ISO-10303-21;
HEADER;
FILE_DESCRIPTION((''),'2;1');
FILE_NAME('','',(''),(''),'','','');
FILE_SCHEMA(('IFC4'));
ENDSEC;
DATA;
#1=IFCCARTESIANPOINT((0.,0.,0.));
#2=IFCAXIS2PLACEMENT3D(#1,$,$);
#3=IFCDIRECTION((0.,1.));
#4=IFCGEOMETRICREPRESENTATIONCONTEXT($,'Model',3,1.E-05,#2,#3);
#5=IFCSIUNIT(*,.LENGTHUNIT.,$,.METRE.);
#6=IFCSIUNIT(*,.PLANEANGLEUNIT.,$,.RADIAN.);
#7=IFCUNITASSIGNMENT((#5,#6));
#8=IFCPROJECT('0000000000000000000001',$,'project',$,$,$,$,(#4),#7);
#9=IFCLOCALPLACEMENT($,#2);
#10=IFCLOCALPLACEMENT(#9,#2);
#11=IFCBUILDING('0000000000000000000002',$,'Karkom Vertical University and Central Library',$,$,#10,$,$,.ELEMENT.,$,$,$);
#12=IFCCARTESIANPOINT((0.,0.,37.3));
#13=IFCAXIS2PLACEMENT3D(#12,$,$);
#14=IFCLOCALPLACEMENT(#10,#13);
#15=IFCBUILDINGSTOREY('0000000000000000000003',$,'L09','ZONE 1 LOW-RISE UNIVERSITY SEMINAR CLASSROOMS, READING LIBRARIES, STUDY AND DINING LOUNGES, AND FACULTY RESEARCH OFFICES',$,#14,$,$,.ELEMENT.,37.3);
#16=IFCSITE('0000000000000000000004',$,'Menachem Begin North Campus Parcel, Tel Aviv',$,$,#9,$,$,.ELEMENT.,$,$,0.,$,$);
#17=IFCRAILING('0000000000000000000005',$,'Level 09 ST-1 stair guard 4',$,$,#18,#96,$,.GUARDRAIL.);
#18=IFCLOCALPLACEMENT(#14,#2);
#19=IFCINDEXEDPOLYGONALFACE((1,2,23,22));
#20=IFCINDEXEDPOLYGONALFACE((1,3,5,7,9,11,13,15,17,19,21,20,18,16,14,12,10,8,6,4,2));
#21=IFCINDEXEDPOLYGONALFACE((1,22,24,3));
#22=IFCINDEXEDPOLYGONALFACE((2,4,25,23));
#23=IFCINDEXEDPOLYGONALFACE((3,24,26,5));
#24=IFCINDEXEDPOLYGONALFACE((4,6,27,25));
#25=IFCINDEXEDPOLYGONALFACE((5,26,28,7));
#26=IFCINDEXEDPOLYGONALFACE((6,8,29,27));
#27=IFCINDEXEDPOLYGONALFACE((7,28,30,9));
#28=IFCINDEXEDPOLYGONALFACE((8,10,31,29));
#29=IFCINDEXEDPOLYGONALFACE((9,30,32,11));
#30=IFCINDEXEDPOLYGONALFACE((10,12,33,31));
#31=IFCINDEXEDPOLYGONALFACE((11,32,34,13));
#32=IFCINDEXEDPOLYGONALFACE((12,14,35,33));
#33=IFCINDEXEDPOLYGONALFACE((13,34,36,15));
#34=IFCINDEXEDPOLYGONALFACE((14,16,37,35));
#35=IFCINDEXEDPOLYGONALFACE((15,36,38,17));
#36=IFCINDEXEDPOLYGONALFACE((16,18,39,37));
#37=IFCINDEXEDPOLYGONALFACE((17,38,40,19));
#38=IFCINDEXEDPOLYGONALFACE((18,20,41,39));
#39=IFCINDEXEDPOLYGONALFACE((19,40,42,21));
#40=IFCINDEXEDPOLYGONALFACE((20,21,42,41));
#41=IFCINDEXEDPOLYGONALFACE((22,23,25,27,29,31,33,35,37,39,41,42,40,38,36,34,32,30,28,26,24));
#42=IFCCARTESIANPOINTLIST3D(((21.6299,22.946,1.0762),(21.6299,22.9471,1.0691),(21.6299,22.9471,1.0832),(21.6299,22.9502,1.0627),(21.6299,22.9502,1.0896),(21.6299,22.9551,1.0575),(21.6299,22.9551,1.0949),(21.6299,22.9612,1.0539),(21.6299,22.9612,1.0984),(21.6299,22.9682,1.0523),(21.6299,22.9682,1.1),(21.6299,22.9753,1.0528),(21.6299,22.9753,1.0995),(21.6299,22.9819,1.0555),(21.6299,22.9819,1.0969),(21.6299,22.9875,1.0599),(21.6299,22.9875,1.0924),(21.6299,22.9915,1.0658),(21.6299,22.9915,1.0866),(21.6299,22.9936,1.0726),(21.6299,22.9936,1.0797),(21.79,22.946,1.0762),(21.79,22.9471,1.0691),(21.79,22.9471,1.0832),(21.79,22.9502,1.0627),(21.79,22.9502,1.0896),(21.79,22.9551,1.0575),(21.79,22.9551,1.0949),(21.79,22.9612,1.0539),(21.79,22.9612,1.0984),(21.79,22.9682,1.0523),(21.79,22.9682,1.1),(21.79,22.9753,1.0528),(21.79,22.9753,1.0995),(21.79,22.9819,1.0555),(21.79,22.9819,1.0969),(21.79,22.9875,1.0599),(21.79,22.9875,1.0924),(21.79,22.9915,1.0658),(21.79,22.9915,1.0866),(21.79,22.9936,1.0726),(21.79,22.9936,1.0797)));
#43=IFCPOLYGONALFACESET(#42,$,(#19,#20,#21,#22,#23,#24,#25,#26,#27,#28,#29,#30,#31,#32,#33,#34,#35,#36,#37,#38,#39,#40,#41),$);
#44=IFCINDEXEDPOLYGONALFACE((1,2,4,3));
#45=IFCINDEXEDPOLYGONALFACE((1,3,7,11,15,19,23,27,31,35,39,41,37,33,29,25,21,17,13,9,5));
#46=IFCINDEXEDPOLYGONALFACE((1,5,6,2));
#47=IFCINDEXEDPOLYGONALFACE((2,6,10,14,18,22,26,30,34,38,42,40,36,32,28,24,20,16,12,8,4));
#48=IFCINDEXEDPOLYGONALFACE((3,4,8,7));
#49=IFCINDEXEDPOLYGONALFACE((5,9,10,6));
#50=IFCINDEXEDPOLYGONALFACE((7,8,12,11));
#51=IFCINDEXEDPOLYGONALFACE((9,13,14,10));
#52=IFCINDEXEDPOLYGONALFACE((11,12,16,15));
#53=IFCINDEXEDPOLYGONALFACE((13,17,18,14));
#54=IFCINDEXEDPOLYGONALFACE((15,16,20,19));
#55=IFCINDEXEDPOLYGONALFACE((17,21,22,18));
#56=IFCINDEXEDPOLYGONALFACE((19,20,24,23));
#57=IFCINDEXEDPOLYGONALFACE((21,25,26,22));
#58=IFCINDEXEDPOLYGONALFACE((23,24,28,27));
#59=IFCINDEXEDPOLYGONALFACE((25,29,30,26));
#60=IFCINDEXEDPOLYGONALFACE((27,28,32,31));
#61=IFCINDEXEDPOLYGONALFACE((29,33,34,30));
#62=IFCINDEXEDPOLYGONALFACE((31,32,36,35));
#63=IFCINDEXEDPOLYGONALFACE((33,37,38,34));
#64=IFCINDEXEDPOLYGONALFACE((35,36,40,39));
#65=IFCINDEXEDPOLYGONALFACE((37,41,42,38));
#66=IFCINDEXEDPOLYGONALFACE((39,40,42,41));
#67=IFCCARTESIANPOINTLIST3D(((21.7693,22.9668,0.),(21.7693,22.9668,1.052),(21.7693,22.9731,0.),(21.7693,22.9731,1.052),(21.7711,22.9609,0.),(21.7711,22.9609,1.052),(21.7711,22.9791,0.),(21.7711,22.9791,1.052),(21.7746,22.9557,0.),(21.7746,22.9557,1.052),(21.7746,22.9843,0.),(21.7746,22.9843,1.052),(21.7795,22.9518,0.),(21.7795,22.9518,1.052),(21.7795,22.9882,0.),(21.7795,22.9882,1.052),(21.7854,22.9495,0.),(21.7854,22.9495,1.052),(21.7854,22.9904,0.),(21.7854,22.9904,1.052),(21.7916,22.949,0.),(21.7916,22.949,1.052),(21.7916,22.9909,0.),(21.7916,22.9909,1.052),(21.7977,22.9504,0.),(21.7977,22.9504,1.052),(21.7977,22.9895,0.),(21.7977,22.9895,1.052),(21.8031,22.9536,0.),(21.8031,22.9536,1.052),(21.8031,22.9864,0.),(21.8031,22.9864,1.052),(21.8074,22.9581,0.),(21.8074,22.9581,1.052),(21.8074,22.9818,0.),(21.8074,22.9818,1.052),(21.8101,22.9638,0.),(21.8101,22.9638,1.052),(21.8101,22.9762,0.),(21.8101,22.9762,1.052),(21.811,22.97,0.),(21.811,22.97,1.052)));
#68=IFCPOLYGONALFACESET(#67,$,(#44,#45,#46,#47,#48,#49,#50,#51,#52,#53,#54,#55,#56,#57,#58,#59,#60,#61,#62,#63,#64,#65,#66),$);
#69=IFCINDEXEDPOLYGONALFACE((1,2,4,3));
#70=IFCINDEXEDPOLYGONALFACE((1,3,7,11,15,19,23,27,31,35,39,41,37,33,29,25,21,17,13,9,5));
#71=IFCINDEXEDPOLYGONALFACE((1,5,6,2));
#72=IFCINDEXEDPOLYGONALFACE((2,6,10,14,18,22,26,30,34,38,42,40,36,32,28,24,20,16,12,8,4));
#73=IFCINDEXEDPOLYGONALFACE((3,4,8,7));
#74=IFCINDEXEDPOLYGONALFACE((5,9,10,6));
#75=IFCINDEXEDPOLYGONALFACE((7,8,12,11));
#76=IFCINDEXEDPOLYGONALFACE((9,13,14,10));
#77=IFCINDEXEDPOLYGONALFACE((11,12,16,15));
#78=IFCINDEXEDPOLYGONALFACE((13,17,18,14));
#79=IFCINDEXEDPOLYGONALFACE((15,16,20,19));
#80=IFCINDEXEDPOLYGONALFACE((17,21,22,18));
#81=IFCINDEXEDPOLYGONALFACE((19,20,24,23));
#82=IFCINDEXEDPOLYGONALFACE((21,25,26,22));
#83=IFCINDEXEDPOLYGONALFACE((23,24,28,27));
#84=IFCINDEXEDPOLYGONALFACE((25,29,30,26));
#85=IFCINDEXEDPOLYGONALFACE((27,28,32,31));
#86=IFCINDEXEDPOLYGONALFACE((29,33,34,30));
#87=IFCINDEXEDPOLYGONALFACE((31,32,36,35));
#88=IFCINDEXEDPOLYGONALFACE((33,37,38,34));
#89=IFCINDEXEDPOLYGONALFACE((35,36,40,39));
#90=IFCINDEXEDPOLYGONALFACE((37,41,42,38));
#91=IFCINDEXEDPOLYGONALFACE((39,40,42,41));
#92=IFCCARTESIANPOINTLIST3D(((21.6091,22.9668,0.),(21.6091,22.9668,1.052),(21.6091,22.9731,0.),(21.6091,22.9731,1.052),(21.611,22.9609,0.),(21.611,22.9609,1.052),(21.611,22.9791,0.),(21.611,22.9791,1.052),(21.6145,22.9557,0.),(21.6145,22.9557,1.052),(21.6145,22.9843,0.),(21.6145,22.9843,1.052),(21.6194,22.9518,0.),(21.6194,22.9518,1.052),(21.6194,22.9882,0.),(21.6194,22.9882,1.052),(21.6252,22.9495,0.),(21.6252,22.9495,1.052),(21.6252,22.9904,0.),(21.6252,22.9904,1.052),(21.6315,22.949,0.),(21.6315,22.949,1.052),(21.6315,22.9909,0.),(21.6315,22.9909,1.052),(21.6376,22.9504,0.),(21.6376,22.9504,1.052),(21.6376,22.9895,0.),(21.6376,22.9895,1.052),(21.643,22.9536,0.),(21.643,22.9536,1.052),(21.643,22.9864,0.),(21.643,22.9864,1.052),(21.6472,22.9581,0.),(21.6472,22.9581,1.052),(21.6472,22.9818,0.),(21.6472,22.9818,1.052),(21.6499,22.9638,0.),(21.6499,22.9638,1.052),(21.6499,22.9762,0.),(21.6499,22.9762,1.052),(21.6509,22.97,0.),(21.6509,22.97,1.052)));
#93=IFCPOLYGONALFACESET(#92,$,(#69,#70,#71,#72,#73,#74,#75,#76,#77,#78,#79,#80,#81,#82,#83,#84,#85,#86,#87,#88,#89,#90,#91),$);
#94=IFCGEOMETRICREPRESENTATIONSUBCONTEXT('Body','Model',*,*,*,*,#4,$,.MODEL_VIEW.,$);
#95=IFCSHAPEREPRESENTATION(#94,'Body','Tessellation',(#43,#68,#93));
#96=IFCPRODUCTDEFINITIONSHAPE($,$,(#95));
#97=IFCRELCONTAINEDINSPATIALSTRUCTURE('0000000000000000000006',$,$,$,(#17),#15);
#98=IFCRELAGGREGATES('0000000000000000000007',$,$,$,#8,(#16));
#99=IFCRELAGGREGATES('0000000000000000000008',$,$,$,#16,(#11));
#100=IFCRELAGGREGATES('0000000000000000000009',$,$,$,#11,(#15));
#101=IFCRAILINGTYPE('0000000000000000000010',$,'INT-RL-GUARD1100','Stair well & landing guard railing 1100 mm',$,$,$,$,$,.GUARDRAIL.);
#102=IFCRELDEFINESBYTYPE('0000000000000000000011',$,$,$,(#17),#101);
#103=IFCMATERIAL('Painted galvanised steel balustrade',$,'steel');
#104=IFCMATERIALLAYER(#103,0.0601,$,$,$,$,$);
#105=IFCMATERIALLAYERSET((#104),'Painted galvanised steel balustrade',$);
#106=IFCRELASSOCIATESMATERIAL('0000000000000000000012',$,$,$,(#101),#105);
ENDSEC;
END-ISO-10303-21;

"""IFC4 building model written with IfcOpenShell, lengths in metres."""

from ifc_helpers import new_model, si_unit, direction, frame, origin, origin_2d, place, context, subcontext, project, spatial, circle, extrude, material, layer, layer_set, type_object, element, save


model = new_model("IFC4")

# Units and contexts
model_context = context("Model", 3, precision=1e-05, world=origin(), true_north=direction((0.0, 1.0)))
body_context = subcontext(model_context, "Body", "Model", "MODEL_VIEW")
ifc_project = project(units=[si_unit("LENGTHUNIT", "METRE"), si_unit("PLANEANGLEUNIT", "RADIAN")], contexts=[model_context])

# Site, building, storey
site_placement = place(None, origin())
site = spatial("IfcSite", under=ifc_project, at=site_placement, Name="Menachem Begin North Campus Parcel, Tel Aviv", CompositionType="ELEMENT", RefElevation=0.0)
building_placement = place(site_placement, origin())
building = spatial("IfcBuilding", under=site, at=building_placement, Name="Karkom Vertical University and Central Library", CompositionType="ELEMENT")
storey_placement = place(building_placement, frame((0.0, 0.0, 37.3)))
storey = spatial("IfcBuildingStorey", under=building, at=storey_placement, Name="L09", Description="ZONE 1 LOW-RISE UNIVERSITY SEMINAR CLASSROOMS, READING LIBRARIES, STUDY AND DINING LOUNGES, AND FACULTY RESEARCH OFFICES", CompositionType="ELEMENT", Elevation=37.3)

# Railing
ifc_material_1 = material(Name="Painted galvanised steel balustrade", Category="steel")
ifc_layer_1 = layer(ifc_material_1, 0.0601)
ifc_layer_set_1 = layer_set([ifc_layer_1], Name="Painted galvanised steel balustrade")
railing_type_1 = type_object("IfcRailingType", Name="INT-RL-GUARD1100", Description="Stair well & landing guard railing 1100 mm", PredefinedType="GUARDRAIL", material=ifc_layer_set_1)
railing_1_placement = place(storey_placement, frame((21.79, 22.97, 0.0)))
element("IfcRailing", 1, at=railing_1_placement, inside=storey, type_object=railing_type_1, Name="Level 09 ST-1 stair guard 4", PredefinedType="GUARDRAIL", context=body_context, shape_type="SweptSolid", body=[
    extrude(circle(Radius=0.0239, at=origin_2d()), frame((0.0, 0.0, 1.0762), z_axis=(-1.0, 0.0, 0.0), x_axis=(0.0, -1.0, 0.0)), (0.0, 0.0, 1.0), 0.1602),
    extrude(circle(Radius=0.021, at=origin_2d()), origin(), (0.0, 0.0, 1.0), 1.052),
    extrude(circle(Radius=0.021, at=origin_2d()), frame((-0.1602, 0.0, 0.0)), (0.0, 0.0, 1.0), 1.052),
])

save(model, "model.ifc")
